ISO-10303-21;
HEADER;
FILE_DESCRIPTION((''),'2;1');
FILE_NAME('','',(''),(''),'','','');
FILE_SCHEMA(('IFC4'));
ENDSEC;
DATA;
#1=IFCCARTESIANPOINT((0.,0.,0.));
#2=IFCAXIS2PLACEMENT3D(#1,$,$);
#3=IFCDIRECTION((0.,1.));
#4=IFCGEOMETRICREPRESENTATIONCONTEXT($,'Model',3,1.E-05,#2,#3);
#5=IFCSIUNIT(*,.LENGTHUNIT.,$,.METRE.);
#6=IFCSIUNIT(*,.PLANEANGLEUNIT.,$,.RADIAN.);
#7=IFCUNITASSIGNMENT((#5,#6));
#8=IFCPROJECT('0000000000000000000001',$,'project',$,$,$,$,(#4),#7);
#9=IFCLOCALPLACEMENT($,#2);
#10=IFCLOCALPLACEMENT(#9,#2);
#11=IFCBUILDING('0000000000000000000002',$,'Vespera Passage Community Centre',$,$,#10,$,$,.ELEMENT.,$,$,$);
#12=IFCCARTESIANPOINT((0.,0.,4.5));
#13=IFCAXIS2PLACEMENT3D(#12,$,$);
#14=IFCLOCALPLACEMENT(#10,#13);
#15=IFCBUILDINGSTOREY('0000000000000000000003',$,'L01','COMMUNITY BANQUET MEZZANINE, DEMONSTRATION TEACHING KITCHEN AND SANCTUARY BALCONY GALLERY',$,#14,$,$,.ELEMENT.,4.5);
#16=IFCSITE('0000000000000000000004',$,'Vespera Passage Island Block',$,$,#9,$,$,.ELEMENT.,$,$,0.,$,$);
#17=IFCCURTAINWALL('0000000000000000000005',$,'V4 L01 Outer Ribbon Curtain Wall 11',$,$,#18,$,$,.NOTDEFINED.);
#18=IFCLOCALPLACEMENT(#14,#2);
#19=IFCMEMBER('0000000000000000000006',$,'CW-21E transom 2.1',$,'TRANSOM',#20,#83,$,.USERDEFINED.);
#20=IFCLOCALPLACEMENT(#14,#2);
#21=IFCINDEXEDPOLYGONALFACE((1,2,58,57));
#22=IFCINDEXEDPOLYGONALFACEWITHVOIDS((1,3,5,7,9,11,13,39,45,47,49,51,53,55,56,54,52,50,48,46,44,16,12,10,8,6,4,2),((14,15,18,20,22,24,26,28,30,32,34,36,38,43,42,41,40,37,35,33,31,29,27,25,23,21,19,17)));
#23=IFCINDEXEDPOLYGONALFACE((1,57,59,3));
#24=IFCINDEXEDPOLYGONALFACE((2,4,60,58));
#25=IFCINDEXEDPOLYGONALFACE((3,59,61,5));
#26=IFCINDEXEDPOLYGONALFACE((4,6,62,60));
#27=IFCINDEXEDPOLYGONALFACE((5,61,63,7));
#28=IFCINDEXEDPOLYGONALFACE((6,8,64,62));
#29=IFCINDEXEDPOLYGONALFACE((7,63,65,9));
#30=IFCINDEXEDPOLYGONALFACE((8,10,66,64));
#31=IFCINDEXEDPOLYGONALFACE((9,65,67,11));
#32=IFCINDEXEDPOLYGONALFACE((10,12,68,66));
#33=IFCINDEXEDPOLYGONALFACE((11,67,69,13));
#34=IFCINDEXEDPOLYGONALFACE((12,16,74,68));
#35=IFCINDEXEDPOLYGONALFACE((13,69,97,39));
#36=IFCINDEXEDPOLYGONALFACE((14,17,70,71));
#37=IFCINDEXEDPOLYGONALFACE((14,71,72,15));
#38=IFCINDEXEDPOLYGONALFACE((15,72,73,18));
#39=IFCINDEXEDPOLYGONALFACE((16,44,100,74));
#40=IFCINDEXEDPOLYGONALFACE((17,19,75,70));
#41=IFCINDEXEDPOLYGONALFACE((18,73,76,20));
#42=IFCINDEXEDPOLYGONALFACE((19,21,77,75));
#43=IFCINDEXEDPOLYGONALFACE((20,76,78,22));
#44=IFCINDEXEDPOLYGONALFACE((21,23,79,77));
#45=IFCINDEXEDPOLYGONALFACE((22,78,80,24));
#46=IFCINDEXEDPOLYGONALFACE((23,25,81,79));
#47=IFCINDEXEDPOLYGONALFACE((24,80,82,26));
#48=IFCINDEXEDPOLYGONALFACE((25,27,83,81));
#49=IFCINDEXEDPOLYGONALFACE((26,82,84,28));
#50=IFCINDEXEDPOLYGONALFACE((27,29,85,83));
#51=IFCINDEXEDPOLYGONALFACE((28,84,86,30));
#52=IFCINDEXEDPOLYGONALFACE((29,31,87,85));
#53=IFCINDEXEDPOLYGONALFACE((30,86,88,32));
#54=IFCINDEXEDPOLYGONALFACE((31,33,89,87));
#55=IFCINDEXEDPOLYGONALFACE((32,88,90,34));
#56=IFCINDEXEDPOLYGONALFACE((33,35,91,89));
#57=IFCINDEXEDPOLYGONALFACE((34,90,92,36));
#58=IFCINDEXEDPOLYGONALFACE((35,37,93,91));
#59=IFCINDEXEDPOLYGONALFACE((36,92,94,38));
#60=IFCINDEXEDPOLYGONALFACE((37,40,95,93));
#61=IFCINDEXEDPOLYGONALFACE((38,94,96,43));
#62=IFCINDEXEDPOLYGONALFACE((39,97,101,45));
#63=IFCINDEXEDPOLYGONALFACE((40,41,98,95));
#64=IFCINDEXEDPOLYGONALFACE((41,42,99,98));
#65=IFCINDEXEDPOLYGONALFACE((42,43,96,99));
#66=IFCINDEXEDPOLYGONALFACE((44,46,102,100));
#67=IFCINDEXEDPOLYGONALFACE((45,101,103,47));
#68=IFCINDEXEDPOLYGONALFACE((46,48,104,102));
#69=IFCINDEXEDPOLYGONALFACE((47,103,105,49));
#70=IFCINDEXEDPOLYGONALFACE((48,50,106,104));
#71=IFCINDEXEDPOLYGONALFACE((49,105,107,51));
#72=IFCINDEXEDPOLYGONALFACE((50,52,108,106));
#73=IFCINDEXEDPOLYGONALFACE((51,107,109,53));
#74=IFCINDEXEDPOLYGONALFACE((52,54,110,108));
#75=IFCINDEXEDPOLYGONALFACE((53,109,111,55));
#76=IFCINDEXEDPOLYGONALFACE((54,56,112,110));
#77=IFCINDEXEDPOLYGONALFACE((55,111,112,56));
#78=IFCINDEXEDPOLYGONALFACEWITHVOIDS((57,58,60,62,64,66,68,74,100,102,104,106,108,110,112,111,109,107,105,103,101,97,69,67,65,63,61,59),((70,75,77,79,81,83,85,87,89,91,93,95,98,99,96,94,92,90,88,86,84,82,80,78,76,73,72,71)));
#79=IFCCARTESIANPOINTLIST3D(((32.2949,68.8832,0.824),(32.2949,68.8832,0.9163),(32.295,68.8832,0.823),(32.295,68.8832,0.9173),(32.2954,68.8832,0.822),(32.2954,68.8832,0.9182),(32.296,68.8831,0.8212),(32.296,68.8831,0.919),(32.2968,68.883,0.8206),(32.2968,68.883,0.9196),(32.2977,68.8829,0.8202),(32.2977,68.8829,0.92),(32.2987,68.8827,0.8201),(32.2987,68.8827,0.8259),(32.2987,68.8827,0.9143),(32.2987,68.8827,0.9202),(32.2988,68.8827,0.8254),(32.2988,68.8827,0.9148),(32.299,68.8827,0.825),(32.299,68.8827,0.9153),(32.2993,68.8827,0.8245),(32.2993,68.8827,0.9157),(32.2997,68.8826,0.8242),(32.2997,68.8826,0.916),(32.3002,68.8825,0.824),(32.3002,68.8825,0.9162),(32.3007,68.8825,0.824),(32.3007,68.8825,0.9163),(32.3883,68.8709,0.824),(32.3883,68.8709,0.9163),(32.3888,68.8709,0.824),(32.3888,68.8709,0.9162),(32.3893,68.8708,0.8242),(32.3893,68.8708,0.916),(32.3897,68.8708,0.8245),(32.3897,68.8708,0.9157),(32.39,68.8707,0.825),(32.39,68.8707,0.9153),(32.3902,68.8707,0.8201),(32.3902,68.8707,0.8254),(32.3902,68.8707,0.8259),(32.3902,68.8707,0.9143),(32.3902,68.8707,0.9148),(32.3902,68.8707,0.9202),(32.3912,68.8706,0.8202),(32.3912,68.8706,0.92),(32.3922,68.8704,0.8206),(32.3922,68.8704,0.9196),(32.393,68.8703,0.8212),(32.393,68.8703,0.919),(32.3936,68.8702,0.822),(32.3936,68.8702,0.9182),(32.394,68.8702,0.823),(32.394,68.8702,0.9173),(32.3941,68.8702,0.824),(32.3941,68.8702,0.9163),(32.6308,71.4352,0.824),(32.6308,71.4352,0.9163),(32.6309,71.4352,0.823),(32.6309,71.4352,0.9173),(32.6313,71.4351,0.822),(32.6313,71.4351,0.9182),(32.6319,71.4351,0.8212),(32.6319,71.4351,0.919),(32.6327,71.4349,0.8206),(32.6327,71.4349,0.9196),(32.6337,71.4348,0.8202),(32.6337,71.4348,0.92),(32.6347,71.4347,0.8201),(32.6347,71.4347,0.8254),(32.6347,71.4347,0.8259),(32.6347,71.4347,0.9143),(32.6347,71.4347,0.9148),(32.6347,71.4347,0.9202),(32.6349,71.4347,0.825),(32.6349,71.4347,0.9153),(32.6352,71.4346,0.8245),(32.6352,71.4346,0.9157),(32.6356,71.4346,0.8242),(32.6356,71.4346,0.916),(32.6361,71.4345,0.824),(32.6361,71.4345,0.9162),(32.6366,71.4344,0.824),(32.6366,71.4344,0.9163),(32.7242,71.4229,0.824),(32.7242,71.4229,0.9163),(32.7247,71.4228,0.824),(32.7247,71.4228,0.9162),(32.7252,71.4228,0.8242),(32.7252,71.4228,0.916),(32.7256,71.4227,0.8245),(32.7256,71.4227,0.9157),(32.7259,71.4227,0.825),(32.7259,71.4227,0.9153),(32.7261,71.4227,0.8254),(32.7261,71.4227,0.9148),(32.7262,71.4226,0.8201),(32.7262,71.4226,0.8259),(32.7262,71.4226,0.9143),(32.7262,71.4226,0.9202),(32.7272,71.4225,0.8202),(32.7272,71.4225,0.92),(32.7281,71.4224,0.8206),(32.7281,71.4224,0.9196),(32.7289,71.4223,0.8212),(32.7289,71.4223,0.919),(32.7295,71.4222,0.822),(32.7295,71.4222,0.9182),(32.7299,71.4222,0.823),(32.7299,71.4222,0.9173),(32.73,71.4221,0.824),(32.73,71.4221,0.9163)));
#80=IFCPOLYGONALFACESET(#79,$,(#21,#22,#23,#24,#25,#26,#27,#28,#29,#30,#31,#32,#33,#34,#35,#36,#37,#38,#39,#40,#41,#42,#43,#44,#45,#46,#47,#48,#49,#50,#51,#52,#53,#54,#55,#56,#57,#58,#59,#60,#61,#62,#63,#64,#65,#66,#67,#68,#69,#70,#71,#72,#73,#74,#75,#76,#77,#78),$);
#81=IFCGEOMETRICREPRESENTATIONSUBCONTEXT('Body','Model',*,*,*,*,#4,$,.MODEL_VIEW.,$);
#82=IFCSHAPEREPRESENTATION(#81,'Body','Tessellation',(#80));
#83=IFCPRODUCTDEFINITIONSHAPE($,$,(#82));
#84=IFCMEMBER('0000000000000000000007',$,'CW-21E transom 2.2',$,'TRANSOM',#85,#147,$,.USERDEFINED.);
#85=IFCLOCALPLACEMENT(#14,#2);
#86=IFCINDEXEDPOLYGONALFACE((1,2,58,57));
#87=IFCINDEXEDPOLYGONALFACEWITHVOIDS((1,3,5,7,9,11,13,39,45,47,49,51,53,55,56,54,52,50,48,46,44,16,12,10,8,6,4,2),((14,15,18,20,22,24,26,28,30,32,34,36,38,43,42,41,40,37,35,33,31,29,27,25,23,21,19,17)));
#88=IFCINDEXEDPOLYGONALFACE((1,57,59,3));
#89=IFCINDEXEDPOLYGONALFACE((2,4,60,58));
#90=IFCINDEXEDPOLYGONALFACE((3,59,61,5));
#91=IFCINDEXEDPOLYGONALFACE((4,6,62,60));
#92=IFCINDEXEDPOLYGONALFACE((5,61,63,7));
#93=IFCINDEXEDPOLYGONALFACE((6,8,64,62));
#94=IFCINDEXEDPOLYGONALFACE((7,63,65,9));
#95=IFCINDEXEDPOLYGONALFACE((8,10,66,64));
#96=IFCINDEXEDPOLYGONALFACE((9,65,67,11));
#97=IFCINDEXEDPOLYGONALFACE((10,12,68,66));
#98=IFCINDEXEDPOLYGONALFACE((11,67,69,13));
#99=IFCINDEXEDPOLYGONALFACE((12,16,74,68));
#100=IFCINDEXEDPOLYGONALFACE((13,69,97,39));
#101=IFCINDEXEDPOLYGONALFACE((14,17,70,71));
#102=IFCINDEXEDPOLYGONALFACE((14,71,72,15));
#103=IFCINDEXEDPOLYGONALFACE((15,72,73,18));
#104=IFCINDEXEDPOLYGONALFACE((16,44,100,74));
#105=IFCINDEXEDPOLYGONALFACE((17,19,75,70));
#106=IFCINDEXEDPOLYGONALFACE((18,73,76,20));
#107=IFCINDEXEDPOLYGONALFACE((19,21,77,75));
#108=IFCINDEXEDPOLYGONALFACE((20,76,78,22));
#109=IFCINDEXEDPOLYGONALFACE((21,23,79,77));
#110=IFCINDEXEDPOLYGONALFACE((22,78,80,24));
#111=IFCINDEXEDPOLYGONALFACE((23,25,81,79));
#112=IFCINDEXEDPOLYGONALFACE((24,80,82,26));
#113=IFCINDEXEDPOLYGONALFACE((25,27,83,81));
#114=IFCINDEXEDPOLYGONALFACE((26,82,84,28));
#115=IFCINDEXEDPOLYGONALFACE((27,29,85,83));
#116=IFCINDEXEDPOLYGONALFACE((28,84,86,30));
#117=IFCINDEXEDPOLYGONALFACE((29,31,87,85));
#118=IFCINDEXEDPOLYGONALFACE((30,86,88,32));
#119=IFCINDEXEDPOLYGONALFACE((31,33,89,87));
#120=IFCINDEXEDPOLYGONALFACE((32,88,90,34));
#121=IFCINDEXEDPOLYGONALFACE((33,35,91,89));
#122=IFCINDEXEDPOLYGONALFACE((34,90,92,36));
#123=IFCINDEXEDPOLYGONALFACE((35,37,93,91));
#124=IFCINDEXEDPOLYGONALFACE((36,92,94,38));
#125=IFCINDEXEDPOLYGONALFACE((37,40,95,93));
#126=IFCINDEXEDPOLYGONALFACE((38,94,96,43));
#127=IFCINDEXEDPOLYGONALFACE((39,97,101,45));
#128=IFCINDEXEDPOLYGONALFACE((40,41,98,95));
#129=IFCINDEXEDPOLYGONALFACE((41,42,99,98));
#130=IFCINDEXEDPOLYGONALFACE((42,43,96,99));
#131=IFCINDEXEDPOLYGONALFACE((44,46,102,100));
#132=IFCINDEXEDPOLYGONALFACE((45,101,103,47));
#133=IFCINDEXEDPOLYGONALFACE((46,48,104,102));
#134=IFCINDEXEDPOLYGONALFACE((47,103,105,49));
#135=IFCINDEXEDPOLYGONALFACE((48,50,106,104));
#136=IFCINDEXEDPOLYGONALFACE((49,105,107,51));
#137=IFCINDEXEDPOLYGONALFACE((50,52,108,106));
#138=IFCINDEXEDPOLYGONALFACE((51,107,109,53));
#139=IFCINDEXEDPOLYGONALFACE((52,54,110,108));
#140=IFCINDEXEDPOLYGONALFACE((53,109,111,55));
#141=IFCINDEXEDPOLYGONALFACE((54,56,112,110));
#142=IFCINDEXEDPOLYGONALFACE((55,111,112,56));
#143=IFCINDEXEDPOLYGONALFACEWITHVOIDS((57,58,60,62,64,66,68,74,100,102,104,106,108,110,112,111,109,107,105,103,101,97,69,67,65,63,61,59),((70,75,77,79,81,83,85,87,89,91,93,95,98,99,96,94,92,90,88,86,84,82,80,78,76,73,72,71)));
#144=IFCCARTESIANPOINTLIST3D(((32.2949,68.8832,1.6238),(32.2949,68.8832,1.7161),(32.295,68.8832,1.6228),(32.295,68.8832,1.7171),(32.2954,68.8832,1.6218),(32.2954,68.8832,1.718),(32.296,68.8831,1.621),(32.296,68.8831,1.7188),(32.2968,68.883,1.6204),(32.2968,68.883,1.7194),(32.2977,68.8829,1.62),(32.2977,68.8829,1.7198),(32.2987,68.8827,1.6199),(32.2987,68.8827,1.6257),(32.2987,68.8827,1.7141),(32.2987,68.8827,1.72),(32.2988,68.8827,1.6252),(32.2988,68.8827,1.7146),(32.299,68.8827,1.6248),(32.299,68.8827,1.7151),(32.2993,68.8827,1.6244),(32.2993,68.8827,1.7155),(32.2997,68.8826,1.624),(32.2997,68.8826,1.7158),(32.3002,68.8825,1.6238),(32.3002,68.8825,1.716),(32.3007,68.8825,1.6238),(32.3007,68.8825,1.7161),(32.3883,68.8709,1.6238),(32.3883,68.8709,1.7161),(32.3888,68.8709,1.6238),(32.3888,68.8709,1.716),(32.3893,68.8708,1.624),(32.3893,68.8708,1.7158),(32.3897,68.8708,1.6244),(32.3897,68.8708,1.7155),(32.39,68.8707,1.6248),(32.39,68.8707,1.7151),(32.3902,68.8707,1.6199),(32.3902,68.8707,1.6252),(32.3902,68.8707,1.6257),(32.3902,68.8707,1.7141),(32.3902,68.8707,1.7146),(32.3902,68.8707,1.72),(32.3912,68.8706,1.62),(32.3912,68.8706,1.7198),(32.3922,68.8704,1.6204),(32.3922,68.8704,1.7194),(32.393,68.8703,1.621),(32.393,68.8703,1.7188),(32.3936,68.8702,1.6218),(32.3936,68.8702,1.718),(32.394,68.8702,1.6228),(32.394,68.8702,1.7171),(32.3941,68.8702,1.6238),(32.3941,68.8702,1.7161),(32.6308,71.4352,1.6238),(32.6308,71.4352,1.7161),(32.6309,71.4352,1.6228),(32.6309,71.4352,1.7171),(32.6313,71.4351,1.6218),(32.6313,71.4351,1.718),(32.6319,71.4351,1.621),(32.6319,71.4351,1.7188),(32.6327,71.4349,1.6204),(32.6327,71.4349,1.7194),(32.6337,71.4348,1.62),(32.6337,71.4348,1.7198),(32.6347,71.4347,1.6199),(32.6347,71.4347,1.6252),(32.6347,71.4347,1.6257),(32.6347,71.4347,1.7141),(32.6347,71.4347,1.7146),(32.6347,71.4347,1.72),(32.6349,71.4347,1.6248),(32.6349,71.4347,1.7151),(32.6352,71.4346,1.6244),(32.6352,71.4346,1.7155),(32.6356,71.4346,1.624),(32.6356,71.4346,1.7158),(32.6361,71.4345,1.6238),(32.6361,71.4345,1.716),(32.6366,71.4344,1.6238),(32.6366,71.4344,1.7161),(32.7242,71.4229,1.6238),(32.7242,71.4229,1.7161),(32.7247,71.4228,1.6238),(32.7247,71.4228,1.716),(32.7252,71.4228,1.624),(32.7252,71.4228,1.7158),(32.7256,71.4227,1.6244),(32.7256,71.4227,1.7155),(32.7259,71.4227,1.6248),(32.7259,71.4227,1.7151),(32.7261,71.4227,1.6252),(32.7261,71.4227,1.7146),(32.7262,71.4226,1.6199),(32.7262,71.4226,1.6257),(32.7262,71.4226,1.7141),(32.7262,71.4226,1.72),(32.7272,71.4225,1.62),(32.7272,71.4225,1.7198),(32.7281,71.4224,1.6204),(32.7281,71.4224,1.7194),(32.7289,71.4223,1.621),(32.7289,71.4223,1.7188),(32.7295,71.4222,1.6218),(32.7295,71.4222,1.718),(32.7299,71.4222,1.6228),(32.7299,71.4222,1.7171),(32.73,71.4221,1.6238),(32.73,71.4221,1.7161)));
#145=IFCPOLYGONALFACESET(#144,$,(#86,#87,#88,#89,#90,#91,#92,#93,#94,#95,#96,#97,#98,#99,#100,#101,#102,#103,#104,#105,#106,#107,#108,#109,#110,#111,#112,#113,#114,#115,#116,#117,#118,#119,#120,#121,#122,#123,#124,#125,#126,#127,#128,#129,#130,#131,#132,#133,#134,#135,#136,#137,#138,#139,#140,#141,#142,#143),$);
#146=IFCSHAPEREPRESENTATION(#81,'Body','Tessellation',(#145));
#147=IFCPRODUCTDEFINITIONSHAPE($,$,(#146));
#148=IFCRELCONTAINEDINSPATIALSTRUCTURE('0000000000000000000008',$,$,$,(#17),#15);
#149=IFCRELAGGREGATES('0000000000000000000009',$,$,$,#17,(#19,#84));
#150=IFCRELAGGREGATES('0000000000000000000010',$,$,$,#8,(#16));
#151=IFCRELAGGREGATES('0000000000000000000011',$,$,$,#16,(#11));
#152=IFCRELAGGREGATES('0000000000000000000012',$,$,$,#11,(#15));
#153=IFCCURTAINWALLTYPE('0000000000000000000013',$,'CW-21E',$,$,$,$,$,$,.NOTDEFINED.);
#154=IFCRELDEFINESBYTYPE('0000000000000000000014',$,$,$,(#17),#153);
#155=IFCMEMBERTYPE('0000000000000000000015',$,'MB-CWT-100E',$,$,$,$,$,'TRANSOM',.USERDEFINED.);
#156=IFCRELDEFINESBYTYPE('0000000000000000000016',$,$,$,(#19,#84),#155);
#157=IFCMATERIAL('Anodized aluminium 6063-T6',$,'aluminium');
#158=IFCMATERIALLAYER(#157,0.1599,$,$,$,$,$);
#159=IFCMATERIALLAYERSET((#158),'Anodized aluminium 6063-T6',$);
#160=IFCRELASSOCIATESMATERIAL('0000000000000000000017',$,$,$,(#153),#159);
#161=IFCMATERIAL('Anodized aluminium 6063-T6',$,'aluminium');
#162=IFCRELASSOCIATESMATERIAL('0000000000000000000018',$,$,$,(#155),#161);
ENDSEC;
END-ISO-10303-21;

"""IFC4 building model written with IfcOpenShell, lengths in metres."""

from ifc_helpers import new_model, si_unit, direction, frame, origin, origin_2d, place, context, subcontext, project, spatial, hollow_rectangle, extrude, material, layer, layer_set, material_profile, profile_set, type_object, element, aggregate, save


model = new_model("IFC4")

# Units and contexts
model_context = context("Model", 3, precision=1e-05, world=origin(), true_north=direction((0.0, 1.0)))
body_context = subcontext(model_context, "Body", "Model", "MODEL_VIEW")
ifc_project = project(units=[si_unit("LENGTHUNIT", "METRE"), si_unit("PLANEANGLEUNIT", "RADIAN")], contexts=[model_context])

# Site, building, storey
site_placement = place(None, origin())
site = spatial("IfcSite", under=ifc_project, at=site_placement, Name="Vespera Passage Island Block", CompositionType="ELEMENT", RefElevation=0.0)
building_placement = place(site_placement, origin())
building = spatial("IfcBuilding", under=site, at=building_placement, Name="Vespera Passage Community Centre", CompositionType="ELEMENT")
storey_placement = place(building_placement, frame((0.0, 0.0, 4.5)))
storey = spatial("IfcBuildingStorey", under=building, at=storey_placement, Name="L01", Description="COMMUNITY BANQUET MEZZANINE, DEMONSTRATION TEACHING KITCHEN AND SANCTUARY BALCONY GALLERY", CompositionType="ELEMENT", Elevation=4.5)

# Curtain wall, members
ifc_material_1 = material(Name="Anodized aluminium 6063-T6", Category="aluminium")
ifc_layer_1 = layer(ifc_material_1, 0.1599)
ifc_layer_set_1 = layer_set([ifc_layer_1], Name="Anodized aluminium 6063-T6")
curtain_wall_type = type_object("IfcCurtainWallType", Name="CW-21E", PredefinedType="NOTDEFINED", material=ifc_layer_set_1)
curtain_wall_placement = place(storey_placement, origin())
curtain_wall = element("IfcCurtainWall", 1, at=curtain_wall_placement, inside=storey, type_object=curtain_wall_type, Name="V4 L01 Outer Ribbon Curtain Wall 11", PredefinedType="NOTDEFINED")
ifc_material_2 = material(Name="Anodized aluminium 6063-T6", Category="aluminium")
ifc_material_profile_1 = material_profile(ifc_material_2, hollow_rectangle(XDim=0.1001, YDim=0.1001, WallThickness=0.0039, InnerFilletRadius=0.002, OuterFilletRadius=0.0039, at=origin_2d()), Name="ALU100X100X4")
ifc_profile_set_1 = profile_set([ifc_material_profile_1], Name="Anodized aluminium 6063-T6")
member_type_1 = type_object("IfcMemberType", Name="MB-CWT-100E", ElementType="TRANSOM", PredefinedType="USERDEFINED", material=ifc_profile_set_1)
member_1_placement = place(storey_placement, frame((32.3445, 68.8767, 0.8701), z_axis=(0.130511, 0.991447, 0.0), x_axis=(-0.991447, 0.130511, 0.0)))
member_1 = element("IfcMember", 2, at=member_1_placement, type_object=member_type_1, Name="CW-21E transom 2.1", ObjectType="TRANSOM", PredefinedType="USERDEFINED", context=body_context, shape_type="SweptSolid", body=[
    extrude(hollow_rectangle(XDim=0.1001, YDim=0.1001, WallThickness=0.0039, InnerFilletRadius=0.002, OuterFilletRadius=0.0039, at=origin_2d()), origin(), (0.0, 0.0, 1.0), 2.574),
])
member_2_placement = place(storey_placement, frame((32.3445, 68.8767, 1.6699), z_axis=(0.130511, 0.991447, 0.0), x_axis=(-0.991447, 0.130511, 0.0)))
member_2 = element("IfcMember", 3, at=member_2_placement, type_object=member_type_1, Name="CW-21E transom 2.2", ObjectType="TRANSOM", PredefinedType="USERDEFINED", context=body_context, shape_type="SweptSolid", body=[
    extrude(hollow_rectangle(XDim=0.1001, YDim=0.1001, WallThickness=0.0039, InnerFilletRadius=0.002, OuterFilletRadius=0.0039, at=origin_2d()), origin(), (0.0, 0.0, 1.0), 2.574),
])
aggregate(curtain_wall, [member_1, member_2])

save(model, "model.ifc")
